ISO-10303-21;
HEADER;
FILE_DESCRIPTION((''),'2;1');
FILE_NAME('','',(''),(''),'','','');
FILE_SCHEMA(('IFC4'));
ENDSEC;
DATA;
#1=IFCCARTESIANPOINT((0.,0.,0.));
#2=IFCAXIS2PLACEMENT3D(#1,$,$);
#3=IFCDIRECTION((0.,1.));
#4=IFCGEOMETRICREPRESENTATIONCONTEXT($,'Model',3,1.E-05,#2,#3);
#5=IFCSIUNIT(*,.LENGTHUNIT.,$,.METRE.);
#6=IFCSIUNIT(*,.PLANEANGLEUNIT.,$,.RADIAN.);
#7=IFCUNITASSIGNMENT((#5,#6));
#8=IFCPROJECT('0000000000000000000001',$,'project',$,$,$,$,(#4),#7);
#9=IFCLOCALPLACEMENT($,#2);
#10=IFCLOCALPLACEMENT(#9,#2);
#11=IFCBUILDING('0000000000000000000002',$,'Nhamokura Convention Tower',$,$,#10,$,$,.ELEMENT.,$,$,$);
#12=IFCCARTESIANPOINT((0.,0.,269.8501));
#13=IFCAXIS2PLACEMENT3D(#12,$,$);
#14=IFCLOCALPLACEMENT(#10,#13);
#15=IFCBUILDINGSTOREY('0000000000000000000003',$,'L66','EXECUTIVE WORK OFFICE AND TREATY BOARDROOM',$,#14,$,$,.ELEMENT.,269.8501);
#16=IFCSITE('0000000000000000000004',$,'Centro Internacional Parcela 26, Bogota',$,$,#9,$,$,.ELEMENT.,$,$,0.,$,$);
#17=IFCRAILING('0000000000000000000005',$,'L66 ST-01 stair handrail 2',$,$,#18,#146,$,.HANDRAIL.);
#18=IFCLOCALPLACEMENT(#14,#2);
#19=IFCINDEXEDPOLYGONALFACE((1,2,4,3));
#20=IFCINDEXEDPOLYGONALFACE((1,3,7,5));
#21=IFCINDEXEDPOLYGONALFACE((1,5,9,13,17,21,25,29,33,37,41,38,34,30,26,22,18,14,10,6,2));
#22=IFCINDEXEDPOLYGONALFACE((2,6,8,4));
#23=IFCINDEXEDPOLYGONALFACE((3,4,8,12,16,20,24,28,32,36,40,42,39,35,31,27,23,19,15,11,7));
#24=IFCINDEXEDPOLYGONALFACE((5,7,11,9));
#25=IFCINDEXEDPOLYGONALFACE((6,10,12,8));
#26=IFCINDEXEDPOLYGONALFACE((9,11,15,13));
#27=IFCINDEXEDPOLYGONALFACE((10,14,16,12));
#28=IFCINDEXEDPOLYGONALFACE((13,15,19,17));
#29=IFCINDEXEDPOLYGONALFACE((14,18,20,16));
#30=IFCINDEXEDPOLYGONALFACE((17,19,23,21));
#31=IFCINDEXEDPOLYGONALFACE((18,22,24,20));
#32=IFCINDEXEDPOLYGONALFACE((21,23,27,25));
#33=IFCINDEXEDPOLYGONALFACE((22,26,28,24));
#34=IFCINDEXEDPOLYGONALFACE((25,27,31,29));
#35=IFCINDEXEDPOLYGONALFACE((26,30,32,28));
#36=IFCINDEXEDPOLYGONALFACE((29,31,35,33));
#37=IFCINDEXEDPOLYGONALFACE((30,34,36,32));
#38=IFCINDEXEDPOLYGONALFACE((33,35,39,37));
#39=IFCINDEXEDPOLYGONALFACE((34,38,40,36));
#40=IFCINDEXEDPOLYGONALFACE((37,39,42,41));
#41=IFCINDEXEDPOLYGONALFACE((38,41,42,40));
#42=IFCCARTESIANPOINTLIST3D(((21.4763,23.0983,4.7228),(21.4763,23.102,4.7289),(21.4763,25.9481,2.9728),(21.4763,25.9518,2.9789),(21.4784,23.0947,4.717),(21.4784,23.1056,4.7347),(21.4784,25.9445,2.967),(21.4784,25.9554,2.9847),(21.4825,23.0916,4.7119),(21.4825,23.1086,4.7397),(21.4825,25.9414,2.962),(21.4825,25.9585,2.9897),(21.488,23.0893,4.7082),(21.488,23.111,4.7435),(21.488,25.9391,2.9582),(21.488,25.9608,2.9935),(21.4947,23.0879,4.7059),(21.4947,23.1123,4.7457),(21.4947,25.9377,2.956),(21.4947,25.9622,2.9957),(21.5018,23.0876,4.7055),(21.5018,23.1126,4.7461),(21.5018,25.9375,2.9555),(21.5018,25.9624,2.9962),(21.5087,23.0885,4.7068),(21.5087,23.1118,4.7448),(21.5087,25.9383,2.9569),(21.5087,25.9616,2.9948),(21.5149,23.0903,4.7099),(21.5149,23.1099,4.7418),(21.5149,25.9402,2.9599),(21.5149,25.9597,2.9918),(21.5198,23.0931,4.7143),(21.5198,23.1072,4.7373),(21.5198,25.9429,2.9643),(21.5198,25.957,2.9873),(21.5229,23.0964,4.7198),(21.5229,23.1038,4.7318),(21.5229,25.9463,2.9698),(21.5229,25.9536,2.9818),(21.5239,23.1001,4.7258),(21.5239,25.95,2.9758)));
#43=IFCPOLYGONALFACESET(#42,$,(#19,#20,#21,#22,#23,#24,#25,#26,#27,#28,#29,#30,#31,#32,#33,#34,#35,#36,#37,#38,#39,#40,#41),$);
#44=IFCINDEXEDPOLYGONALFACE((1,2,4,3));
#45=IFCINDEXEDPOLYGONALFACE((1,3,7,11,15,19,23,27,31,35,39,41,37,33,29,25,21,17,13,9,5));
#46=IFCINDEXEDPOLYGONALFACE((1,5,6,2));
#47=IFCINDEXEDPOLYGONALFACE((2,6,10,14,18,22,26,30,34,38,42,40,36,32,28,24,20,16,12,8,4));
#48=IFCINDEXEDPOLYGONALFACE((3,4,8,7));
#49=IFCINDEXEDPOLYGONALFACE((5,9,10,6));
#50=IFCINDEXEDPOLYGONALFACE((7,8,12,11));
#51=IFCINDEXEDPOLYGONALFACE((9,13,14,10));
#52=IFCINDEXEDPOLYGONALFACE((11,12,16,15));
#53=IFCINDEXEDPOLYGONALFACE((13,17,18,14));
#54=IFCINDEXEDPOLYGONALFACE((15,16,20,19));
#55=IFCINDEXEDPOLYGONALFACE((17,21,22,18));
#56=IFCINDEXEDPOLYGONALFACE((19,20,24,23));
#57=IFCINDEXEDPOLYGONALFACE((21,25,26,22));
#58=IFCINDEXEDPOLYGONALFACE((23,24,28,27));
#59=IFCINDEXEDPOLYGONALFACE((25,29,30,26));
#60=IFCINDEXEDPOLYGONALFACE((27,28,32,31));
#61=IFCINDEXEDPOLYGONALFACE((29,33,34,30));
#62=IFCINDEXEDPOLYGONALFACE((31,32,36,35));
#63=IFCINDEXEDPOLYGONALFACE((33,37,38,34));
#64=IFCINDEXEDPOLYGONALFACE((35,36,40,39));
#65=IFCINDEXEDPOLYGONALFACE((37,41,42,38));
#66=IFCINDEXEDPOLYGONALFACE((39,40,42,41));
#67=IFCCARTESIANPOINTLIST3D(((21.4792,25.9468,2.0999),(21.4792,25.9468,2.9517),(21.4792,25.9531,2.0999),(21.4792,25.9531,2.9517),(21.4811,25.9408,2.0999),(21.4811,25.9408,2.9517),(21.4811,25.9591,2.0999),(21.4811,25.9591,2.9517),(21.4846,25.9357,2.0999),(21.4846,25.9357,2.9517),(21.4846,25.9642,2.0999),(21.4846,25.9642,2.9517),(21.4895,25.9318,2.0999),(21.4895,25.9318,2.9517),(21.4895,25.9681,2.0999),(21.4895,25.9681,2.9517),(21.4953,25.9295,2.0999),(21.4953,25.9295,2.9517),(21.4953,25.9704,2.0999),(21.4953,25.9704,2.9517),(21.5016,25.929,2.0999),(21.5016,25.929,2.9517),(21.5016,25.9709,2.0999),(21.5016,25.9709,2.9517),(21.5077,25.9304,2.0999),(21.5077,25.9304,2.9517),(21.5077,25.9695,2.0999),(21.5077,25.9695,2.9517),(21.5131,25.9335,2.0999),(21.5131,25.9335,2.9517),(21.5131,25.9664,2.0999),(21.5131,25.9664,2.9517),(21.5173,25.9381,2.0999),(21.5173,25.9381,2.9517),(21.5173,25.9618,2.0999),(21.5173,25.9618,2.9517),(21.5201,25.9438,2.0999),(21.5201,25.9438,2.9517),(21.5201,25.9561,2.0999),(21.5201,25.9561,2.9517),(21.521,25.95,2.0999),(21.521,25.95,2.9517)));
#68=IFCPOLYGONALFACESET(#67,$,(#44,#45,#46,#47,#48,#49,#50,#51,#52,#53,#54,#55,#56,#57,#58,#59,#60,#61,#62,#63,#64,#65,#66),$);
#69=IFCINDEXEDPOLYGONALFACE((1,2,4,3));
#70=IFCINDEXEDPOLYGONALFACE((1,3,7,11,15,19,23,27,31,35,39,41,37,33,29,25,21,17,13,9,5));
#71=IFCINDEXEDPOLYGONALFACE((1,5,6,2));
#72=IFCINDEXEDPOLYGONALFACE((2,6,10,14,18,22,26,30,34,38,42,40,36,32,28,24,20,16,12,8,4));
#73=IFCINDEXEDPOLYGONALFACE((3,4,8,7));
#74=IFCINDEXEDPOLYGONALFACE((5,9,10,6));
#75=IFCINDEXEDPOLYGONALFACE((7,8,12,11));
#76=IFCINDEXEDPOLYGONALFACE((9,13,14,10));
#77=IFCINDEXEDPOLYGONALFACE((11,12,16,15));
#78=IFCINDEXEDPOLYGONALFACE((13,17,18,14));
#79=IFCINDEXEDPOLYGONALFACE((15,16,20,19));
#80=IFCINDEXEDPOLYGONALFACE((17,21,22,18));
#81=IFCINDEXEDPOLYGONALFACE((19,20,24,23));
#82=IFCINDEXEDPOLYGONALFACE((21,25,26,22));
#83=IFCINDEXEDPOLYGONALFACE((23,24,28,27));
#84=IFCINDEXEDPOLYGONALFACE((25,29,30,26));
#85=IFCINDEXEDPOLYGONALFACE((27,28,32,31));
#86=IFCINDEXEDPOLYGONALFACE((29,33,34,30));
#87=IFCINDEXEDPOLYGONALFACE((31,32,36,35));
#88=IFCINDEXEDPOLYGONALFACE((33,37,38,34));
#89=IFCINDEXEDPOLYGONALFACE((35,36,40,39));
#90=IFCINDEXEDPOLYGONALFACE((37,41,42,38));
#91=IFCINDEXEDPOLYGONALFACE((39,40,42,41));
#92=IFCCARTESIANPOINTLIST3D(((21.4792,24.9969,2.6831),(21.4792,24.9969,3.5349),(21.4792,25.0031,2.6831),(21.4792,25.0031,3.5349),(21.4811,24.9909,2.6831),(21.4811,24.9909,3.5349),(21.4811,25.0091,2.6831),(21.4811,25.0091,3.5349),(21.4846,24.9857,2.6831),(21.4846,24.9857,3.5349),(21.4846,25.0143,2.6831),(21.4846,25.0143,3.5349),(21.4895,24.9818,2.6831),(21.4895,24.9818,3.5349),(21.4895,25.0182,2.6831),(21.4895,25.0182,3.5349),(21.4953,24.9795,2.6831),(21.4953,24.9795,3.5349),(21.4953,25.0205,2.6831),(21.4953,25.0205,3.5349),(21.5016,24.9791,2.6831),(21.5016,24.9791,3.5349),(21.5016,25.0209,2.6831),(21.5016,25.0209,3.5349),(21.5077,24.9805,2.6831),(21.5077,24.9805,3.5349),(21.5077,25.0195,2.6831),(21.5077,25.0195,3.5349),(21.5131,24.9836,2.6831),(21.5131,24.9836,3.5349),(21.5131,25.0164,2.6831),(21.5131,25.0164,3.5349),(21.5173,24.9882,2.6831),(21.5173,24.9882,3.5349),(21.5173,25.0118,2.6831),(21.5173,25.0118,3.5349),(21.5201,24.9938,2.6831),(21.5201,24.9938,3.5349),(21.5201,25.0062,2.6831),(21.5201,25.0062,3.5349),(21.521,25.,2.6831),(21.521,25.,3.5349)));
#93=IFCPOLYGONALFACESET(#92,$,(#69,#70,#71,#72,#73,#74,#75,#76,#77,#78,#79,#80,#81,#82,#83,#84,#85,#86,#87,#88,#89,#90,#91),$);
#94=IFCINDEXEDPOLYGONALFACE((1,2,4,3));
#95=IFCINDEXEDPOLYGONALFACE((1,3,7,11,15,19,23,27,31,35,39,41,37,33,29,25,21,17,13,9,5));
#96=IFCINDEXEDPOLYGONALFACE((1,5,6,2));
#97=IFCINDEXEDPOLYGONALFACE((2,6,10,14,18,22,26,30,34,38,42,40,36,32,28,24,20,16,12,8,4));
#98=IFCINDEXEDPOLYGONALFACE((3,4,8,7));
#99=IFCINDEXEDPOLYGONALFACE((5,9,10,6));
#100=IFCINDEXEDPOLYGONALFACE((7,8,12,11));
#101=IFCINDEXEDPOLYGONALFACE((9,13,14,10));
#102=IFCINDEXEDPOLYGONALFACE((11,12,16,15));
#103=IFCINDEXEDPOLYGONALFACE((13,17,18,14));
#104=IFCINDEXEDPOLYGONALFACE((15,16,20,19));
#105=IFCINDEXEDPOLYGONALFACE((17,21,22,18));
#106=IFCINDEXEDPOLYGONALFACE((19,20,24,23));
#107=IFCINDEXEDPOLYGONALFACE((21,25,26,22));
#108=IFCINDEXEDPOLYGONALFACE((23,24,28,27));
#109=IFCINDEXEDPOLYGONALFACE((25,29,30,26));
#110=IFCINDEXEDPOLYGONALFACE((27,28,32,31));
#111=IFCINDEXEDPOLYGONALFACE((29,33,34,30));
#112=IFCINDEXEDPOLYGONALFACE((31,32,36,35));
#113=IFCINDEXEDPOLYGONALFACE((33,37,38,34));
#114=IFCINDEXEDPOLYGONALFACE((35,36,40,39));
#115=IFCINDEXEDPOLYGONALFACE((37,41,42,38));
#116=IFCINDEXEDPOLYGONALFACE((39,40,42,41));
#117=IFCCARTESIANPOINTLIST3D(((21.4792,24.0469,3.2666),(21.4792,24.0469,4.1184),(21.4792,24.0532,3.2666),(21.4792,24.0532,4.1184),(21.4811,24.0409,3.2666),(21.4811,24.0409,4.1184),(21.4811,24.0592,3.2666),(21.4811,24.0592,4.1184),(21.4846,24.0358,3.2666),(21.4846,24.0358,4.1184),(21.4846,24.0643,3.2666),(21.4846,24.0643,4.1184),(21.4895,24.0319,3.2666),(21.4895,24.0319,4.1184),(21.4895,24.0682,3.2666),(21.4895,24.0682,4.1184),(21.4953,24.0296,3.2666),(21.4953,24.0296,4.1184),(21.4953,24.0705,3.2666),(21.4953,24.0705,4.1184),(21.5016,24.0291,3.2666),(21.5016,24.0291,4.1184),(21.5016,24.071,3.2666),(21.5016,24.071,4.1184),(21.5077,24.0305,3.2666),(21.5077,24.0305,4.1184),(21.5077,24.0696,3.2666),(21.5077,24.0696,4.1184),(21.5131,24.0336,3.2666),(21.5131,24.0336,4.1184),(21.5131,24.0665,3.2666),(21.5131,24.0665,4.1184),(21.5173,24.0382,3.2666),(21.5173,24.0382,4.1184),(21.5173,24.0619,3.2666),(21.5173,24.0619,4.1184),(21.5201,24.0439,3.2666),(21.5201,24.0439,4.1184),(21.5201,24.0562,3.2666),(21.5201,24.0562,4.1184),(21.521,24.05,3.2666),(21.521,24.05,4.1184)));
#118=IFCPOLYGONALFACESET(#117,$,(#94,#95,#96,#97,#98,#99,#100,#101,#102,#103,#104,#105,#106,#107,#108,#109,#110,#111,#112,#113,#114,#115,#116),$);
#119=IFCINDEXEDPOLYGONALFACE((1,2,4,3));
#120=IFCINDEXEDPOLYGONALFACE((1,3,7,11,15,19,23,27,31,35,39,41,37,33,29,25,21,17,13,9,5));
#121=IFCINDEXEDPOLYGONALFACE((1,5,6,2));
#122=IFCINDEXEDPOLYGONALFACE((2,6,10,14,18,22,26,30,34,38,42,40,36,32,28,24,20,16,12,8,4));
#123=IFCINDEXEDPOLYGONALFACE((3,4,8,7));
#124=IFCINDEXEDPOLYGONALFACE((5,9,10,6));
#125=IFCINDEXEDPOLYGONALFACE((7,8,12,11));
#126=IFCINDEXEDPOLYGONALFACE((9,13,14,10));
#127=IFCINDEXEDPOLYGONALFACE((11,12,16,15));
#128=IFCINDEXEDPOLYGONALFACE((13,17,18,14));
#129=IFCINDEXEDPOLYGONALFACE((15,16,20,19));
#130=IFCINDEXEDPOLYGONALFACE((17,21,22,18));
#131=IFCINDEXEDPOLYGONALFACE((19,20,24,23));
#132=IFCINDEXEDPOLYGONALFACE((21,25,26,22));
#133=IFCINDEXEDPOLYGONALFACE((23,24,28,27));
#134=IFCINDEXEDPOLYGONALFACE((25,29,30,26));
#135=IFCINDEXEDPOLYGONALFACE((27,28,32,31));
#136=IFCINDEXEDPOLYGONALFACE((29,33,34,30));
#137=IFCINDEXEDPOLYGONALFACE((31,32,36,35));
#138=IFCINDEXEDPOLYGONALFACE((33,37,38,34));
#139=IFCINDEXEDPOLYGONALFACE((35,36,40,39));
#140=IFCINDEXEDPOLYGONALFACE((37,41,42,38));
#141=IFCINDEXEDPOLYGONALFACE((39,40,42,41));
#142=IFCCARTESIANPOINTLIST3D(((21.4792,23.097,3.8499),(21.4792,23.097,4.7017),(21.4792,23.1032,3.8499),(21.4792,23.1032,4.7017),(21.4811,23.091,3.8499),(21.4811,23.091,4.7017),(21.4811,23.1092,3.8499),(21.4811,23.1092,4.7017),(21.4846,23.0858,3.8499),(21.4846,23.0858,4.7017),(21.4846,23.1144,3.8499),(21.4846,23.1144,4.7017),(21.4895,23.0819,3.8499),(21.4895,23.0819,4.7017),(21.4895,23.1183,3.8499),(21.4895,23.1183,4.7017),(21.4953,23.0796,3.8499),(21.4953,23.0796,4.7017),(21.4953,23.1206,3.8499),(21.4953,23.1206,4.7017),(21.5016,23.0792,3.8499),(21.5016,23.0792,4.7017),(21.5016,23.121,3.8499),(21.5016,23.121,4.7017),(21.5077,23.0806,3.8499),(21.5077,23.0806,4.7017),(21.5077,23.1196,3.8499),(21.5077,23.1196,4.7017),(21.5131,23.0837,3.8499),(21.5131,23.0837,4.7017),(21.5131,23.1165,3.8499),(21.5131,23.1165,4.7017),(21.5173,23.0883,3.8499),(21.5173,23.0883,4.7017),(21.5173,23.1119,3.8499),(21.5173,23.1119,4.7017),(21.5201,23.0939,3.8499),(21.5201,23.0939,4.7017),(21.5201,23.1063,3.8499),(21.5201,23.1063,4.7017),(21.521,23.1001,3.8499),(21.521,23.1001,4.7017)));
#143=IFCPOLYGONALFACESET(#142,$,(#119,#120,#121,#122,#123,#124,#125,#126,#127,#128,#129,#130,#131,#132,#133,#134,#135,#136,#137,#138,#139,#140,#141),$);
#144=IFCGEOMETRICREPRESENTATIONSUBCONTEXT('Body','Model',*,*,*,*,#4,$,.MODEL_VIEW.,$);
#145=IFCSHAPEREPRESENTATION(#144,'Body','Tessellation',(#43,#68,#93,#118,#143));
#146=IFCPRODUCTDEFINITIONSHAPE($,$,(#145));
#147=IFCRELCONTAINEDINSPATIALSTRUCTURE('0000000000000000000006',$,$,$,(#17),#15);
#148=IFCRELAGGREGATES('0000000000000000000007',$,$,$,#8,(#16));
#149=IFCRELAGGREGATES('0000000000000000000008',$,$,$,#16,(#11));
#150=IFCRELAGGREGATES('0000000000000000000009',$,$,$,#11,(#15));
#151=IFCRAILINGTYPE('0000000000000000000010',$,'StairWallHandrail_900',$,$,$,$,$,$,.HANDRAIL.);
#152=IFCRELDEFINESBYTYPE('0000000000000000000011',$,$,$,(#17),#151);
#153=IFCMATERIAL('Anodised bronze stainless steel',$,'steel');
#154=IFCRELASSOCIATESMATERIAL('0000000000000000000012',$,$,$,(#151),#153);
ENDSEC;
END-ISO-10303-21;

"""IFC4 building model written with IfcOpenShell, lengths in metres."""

from ifc_helpers import new_model, si_unit, direction, frame, origin, origin_2d, place, context, subcontext, project, spatial, circle, extrude, material, type_object, element, save


model = new_model("IFC4")

# Units and contexts
model_context = context("Model", 3, precision=1e-05, world=origin(), true_north=direction((0.0, 1.0)))
body_context = subcontext(model_context, "Body", "Model", "MODEL_VIEW")
ifc_project = project(units=[si_unit("LENGTHUNIT", "METRE"), si_unit("PLANEANGLEUNIT", "RADIAN")], contexts=[model_context])

# Site, building, storey
site_placement = place(None, origin())
site = spatial("IfcSite", under=ifc_project, at=site_placement, Name="Centro Internacional Parcela 26, Bogota", CompositionType="ELEMENT", RefElevation=0.0)
building_placement = place(site_placement, origin())
building = spatial("IfcBuilding", under=site, at=building_placement, Name="Nhamokura Convention Tower", CompositionType="ELEMENT")
storey_placement = place(building_placement, frame((0.0, 0.0, 269.8501)))
storey = spatial("IfcBuildingStorey", under=building, at=storey_placement, Name="L66", Description="EXECUTIVE WORK OFFICE AND TREATY BOARDROOM", CompositionType="ELEMENT", Elevation=269.8501)

# Railing
ifc_material_1 = material(Name="Anodised bronze stainless steel", Category="steel")
railing_type_1 = type_object("IfcRailingType", Name="StairWallHandrail_900", PredefinedType="HANDRAIL", material=ifc_material_1)
railing_1_placement = place(storey_placement, frame((21.5, 25.95, 2.0999)))
element("IfcRailing", 1, at=railing_1_placement, inside=storey, type_object=railing_type_1, Name="L66 ST-01 stair handrail 2", PredefinedType="HANDRAIL", context=body_context, shape_type="SweptSolid", body=[
    extrude(circle(Radius=0.0239, at=origin_2d()), frame((0.0, 0.0, 0.876), z_axis=(0.0, -0.852159, 0.523283), x_axis=(1.0, 0.0, 0.0)), (0.0, 0.0, 1.0), 3.3442),
    extrude(circle(Radius=0.021, at=origin_2d()), origin(), (0.0, 0.0, 1.0), 0.8518),
    extrude(circle(Radius=0.021, at=origin_2d()), frame((0.0, -0.95, 0.5833)), (0.0, 0.0, 1.0), 0.8518),
    extrude(circle(Radius=0.021, at=origin_2d()), frame((0.0, -1.8999, 1.1667)), (0.0, 0.0, 1.0), 0.8518),
    extrude(circle(Radius=0.021, at=origin_2d()), frame((0.0, -2.8499, 1.75)), (0.0, 0.0, 1.0), 0.8518),
])

save(model, "model.ifc")
